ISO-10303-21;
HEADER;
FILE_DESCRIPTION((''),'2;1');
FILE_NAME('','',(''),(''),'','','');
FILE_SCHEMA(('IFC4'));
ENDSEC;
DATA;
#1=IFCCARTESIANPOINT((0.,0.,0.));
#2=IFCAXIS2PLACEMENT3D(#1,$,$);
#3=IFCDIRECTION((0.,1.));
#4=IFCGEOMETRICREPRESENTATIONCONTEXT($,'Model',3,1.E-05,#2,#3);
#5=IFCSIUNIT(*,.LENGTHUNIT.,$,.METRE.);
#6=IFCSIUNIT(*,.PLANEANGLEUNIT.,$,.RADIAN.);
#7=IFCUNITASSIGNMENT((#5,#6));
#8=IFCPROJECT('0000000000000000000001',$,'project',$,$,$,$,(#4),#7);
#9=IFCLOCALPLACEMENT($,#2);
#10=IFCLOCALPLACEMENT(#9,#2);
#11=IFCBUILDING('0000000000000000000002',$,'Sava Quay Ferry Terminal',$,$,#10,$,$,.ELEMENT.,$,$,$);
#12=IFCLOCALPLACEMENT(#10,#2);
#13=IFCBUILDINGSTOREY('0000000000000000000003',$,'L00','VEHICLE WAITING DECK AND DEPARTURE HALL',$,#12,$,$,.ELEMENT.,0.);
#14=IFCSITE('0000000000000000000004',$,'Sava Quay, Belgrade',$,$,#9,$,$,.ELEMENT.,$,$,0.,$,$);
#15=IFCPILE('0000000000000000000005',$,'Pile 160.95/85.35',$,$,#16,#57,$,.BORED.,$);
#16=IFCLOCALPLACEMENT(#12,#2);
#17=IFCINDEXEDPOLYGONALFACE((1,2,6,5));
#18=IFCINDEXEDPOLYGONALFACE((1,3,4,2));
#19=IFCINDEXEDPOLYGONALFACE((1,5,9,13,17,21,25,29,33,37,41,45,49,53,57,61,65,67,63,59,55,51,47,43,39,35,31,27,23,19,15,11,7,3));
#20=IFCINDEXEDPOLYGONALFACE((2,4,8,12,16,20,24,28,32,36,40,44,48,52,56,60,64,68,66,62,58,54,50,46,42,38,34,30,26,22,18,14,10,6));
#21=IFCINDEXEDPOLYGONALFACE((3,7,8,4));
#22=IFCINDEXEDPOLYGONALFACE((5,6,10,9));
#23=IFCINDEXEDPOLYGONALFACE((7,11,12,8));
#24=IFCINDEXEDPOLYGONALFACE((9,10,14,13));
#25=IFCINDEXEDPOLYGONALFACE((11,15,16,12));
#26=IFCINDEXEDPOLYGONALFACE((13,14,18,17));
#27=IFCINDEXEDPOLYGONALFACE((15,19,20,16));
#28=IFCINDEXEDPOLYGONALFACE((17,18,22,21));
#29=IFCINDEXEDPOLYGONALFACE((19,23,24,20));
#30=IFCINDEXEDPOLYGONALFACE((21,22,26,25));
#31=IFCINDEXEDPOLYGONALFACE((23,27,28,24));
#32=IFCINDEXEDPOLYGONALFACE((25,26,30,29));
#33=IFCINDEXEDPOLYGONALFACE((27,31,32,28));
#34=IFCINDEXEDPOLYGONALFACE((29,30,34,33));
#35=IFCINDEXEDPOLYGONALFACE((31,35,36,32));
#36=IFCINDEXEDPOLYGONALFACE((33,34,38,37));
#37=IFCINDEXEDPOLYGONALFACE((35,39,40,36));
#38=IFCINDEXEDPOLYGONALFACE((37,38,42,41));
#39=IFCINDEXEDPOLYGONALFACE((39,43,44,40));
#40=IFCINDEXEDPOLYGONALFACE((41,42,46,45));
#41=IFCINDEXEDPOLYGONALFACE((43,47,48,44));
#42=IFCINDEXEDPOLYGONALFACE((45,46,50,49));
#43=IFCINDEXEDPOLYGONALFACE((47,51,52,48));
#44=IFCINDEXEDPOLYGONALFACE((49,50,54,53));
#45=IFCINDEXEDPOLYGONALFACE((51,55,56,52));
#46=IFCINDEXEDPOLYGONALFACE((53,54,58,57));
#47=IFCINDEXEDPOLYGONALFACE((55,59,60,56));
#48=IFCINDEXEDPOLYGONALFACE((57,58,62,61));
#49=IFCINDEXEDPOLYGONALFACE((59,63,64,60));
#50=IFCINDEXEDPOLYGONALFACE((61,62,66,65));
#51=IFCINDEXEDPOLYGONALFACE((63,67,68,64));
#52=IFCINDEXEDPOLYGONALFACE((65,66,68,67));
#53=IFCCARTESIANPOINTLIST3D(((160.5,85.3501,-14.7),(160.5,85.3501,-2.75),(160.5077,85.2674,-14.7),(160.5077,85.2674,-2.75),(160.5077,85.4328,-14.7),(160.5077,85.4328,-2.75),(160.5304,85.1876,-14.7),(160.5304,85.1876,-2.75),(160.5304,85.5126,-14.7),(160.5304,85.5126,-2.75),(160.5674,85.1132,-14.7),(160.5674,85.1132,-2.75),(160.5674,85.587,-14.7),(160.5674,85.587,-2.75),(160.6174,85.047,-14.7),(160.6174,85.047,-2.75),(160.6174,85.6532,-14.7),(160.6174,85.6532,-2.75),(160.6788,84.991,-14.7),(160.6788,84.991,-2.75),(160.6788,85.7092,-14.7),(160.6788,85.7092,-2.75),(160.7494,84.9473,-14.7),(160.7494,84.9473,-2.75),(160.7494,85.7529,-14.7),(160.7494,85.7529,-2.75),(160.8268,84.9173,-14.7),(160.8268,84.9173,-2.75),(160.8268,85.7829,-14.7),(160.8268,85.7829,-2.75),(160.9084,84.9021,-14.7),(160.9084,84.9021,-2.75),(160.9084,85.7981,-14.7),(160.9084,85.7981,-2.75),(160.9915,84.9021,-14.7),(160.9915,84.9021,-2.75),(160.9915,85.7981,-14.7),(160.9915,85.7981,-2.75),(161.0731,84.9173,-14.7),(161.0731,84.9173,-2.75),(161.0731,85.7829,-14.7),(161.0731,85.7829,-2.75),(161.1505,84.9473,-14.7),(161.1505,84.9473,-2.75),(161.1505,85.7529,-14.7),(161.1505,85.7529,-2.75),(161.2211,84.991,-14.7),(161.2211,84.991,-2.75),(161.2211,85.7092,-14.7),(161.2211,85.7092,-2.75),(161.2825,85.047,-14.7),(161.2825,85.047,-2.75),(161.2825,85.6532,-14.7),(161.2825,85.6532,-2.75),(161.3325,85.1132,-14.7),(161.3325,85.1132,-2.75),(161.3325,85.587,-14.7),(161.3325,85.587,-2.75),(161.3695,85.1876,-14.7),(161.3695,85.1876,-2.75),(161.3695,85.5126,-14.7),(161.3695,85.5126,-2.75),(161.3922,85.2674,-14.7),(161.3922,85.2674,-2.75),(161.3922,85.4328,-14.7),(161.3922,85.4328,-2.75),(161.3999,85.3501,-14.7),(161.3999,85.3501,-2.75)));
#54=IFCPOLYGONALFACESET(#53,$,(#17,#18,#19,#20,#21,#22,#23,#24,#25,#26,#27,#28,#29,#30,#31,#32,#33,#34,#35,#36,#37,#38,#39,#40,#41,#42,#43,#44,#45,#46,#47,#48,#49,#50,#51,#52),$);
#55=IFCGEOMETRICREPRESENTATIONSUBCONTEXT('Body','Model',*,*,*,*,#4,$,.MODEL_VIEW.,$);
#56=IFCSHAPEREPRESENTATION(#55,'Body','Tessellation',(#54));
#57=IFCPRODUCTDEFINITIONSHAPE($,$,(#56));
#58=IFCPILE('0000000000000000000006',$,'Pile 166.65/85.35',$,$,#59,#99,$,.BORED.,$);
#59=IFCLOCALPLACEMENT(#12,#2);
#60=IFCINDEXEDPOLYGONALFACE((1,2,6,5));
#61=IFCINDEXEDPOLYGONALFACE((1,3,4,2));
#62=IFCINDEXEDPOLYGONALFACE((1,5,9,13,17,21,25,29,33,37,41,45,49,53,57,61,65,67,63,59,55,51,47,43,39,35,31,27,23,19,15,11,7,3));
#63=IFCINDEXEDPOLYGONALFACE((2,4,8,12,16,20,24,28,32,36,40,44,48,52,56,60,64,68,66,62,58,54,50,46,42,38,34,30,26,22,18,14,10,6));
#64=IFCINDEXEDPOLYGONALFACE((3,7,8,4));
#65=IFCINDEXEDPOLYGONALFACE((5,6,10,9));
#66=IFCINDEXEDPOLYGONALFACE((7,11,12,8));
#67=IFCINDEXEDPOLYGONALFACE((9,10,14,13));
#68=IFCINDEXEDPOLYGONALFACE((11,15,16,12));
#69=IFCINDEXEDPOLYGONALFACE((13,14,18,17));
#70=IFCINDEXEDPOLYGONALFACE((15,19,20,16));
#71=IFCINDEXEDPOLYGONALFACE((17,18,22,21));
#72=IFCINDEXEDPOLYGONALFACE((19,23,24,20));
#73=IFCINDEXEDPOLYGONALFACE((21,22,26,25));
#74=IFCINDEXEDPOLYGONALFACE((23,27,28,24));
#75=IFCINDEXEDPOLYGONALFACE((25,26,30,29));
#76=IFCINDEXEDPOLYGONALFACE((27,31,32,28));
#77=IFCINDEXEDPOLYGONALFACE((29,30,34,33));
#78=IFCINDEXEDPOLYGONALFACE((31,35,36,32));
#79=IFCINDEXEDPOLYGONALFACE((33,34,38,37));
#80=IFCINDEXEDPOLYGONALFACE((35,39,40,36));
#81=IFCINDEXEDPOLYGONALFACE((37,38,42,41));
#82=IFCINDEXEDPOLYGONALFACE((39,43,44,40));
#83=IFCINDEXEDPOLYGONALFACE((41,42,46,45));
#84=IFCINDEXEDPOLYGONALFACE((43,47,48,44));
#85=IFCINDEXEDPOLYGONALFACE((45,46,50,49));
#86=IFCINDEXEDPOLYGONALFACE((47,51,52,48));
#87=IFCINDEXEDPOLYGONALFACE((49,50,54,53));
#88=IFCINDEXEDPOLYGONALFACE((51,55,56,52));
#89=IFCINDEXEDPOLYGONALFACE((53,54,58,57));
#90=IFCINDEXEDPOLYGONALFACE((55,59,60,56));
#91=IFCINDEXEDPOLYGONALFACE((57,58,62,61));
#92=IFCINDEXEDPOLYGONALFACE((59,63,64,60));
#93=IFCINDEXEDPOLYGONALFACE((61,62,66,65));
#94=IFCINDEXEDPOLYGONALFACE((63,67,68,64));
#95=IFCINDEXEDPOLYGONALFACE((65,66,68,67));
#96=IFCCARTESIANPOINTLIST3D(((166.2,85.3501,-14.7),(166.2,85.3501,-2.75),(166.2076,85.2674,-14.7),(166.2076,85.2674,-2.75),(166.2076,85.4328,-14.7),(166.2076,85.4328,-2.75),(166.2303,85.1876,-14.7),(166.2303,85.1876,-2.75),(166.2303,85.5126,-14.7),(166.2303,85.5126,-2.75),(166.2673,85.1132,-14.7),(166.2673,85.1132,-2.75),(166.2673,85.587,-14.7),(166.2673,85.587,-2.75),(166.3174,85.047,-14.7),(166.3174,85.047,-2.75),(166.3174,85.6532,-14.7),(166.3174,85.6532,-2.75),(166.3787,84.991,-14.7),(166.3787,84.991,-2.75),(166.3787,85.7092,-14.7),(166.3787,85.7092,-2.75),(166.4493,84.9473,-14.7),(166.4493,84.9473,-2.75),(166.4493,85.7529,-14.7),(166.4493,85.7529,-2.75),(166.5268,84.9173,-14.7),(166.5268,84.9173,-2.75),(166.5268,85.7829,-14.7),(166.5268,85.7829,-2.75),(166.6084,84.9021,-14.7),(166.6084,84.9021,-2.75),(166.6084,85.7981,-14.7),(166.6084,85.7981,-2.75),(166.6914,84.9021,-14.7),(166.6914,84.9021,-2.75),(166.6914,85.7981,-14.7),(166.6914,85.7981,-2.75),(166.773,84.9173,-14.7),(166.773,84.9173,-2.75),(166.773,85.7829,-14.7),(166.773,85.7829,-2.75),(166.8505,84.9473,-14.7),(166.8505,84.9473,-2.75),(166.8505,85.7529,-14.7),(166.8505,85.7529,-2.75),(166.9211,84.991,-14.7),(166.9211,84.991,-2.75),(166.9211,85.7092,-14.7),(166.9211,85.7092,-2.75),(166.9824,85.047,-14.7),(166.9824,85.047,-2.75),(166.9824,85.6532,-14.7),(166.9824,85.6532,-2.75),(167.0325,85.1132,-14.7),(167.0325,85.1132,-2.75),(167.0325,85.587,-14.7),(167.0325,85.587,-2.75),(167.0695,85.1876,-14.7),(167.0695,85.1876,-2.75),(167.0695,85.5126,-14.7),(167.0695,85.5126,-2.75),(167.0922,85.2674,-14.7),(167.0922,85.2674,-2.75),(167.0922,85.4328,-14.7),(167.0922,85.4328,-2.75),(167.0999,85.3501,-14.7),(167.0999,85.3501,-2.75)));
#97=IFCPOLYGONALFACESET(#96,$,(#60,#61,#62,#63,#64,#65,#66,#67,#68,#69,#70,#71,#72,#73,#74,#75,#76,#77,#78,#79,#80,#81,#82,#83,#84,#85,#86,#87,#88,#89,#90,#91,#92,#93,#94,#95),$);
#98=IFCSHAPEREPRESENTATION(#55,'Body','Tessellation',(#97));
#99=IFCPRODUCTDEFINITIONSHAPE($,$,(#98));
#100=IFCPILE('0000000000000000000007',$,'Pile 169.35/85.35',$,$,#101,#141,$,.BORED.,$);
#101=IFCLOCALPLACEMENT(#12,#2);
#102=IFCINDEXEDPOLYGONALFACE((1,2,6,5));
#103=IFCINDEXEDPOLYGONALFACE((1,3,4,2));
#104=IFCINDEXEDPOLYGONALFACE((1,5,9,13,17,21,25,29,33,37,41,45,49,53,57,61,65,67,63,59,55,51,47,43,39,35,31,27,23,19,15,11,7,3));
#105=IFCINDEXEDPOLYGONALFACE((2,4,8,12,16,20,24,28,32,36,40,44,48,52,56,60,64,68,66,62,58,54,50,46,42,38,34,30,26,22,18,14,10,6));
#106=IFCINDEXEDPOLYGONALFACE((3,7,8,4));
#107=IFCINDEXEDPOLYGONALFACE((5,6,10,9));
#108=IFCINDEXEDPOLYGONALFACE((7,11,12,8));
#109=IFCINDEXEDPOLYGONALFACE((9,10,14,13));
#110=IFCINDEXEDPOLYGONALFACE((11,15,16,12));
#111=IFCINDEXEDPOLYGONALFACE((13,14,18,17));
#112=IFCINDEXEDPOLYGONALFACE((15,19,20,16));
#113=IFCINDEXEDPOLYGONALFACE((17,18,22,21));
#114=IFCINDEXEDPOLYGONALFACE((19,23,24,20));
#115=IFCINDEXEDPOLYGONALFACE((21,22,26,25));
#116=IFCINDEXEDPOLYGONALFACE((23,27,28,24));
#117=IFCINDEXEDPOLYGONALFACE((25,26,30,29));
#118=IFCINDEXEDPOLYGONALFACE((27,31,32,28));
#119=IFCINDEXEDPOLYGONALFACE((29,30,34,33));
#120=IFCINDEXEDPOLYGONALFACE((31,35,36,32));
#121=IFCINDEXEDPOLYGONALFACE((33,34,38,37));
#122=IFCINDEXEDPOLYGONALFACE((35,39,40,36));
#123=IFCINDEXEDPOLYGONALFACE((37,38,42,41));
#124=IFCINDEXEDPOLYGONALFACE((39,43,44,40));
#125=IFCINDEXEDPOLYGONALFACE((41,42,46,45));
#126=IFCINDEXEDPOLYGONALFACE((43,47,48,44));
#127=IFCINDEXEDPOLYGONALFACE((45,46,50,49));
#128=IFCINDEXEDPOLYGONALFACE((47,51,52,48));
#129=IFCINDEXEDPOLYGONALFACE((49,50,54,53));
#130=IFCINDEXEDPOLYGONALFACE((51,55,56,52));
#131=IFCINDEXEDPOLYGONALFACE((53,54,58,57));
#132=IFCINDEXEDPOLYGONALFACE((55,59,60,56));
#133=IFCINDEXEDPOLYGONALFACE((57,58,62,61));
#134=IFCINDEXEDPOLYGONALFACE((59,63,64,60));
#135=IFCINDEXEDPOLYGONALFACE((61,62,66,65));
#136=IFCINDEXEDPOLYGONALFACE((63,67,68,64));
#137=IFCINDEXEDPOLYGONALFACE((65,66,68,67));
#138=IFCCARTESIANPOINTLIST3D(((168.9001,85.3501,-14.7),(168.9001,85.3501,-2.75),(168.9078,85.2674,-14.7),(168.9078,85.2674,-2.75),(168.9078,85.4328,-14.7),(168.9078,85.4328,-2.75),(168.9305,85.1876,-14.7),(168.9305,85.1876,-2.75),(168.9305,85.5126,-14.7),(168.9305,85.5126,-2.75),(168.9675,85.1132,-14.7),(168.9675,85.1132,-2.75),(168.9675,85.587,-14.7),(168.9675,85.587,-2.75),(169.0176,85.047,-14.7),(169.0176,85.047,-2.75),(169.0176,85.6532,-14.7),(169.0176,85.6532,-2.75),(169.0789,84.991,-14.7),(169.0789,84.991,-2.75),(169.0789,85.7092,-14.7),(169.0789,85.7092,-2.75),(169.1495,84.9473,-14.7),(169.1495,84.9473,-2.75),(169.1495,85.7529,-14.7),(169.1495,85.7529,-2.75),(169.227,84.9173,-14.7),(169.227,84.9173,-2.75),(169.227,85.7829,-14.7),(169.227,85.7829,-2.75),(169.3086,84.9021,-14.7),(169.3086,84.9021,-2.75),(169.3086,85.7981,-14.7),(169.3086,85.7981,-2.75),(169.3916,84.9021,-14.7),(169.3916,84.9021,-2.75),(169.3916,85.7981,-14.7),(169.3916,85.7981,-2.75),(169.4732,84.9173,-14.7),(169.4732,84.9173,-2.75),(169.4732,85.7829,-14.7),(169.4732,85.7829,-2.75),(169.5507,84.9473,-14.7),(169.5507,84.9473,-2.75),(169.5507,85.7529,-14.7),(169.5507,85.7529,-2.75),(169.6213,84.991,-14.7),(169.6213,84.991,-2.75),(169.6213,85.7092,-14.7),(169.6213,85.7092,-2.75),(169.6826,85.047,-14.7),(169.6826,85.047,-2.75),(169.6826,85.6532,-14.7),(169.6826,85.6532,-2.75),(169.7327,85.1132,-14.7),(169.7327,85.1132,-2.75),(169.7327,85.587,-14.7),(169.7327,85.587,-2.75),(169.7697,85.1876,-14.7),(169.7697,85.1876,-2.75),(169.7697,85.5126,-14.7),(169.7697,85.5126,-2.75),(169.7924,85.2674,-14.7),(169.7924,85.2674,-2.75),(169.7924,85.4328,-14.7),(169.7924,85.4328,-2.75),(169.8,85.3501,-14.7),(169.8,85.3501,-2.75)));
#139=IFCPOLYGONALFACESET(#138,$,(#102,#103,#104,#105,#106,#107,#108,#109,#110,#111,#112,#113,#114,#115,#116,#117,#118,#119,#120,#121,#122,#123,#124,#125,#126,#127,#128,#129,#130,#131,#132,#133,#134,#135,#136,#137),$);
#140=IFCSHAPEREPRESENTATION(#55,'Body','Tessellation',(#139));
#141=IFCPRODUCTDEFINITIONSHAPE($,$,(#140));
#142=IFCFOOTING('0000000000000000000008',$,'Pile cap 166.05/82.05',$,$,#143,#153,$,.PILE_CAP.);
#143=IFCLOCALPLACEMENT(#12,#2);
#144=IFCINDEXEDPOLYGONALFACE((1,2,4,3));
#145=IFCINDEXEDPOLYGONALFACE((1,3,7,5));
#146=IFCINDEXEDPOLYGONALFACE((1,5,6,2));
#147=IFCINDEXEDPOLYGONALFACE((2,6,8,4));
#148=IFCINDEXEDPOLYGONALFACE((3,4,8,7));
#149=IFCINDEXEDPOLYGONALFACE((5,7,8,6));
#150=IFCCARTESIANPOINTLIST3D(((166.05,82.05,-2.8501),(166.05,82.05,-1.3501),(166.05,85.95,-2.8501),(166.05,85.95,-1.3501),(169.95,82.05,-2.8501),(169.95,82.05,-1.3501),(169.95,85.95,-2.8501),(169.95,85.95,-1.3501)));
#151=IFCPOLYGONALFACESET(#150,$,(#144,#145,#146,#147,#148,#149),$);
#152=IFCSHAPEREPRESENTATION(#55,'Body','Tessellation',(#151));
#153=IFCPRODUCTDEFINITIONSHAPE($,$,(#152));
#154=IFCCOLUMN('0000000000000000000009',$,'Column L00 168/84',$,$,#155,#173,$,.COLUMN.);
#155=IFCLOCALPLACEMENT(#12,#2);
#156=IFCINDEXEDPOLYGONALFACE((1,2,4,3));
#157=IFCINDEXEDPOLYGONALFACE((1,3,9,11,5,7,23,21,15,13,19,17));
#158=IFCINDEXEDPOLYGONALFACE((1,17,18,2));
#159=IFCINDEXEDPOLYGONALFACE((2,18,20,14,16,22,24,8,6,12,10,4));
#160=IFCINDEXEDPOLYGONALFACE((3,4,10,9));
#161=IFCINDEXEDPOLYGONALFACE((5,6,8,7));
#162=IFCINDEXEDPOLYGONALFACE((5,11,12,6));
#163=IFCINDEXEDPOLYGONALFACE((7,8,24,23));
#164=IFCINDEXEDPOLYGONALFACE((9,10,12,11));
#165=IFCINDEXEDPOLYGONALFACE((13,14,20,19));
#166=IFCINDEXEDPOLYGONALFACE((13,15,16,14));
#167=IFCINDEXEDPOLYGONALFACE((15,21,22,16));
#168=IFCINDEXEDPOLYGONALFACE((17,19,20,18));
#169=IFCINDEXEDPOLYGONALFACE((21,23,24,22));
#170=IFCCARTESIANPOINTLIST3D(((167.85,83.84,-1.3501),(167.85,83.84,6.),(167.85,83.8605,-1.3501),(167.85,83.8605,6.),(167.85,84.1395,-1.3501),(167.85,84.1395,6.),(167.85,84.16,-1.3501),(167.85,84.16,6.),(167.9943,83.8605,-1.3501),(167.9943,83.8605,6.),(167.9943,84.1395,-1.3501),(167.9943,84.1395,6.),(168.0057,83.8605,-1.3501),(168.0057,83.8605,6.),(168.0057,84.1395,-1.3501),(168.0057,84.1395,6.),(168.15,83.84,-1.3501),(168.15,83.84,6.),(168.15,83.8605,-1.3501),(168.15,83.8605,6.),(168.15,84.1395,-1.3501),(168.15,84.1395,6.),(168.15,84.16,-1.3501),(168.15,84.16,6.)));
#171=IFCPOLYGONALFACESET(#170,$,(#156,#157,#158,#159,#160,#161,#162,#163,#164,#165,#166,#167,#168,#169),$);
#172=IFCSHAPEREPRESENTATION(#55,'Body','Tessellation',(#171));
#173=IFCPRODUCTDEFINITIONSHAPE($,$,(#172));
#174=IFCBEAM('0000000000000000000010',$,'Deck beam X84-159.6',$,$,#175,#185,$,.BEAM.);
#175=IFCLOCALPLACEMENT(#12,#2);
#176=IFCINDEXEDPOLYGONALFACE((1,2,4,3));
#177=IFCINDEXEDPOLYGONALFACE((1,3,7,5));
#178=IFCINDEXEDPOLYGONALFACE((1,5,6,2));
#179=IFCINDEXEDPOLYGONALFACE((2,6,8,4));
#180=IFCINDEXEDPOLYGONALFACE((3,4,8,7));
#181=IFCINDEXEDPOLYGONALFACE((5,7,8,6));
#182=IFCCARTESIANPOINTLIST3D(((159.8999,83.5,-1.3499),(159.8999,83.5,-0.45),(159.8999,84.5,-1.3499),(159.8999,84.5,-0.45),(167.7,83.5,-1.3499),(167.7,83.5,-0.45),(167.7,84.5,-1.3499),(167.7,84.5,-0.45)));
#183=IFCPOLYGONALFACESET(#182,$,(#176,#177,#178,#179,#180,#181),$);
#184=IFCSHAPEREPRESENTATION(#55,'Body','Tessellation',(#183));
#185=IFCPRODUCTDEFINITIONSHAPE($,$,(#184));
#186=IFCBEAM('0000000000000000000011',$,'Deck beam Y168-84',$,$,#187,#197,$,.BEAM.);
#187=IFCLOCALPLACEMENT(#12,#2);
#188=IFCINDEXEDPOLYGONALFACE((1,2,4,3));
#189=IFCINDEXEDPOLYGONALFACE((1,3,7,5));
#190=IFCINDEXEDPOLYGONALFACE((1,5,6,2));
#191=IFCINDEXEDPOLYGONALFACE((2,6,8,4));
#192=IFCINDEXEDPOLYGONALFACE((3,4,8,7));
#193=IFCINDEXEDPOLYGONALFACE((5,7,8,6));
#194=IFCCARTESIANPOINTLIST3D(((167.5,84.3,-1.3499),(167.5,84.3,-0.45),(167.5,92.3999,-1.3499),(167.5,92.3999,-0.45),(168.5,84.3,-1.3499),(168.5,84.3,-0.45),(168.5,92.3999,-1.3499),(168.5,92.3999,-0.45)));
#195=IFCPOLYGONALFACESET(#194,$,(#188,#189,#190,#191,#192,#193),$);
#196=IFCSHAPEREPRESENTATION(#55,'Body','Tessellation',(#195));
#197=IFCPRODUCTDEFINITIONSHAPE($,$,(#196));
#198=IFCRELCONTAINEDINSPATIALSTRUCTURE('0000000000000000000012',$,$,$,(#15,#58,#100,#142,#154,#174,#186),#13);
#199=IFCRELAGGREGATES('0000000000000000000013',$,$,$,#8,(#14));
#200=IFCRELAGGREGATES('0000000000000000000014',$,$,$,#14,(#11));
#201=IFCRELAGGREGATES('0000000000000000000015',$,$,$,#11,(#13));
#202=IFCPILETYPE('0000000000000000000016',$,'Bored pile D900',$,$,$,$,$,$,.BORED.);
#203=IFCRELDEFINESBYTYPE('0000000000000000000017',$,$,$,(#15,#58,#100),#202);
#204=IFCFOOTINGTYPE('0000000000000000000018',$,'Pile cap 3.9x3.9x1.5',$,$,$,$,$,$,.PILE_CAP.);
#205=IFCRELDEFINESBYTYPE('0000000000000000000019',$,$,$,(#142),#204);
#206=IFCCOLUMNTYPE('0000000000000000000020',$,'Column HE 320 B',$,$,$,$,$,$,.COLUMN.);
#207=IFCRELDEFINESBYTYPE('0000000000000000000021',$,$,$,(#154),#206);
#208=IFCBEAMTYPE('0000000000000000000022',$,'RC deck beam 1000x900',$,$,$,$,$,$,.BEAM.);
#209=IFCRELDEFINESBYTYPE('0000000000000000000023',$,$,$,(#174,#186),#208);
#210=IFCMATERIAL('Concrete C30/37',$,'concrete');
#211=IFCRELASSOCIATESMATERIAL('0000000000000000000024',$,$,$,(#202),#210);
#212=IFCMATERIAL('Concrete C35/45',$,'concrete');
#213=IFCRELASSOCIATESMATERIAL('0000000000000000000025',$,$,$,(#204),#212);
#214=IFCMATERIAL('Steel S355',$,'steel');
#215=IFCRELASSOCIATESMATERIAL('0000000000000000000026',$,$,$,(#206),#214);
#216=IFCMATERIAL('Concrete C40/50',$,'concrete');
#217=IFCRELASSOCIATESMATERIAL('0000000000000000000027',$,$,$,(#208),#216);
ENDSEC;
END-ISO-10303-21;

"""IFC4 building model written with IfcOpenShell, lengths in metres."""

from ifc_helpers import new_model, si_unit, direction, frame, origin, origin_2d, place, context, subcontext, project, spatial, rectangle, circle, i_section, extrude, material, material_profile, profile_set, type_object, element, save


model = new_model("IFC4")

# Units and contexts
model_context = context("Model", 3, precision=1e-05, world=origin(), true_north=direction((0.0, 1.0)))
body_context = subcontext(model_context, "Body", "Model", "MODEL_VIEW")
ifc_project = project(units=[si_unit("LENGTHUNIT", "METRE"), si_unit("PLANEANGLEUNIT", "RADIAN")], contexts=[model_context])

# Site, building, storey
site_placement = place(None, origin())
site = spatial("IfcSite", under=ifc_project, at=site_placement, Name="Sava Quay, Belgrade", CompositionType="ELEMENT", RefElevation=0.0)
building_placement = place(site_placement, origin())
building = spatial("IfcBuilding", under=site, at=building_placement, Name="Sava Quay Ferry Terminal", CompositionType="ELEMENT")
storey_placement = place(building_placement, origin())
storey = spatial("IfcBuildingStorey", under=building, at=storey_placement, Name="L00", Description="VEHICLE WAITING DECK AND DEPARTURE HALL", CompositionType="ELEMENT", Elevation=0.0)

# Piles
ifc_material_1 = material(Name="Concrete C30/37", Category="concrete")
ifc_material_profile_1 = material_profile(ifc_material_1, circle(Radius=0.45, at=origin_2d()), Name="Bored pile D900")
ifc_profile_set_1 = profile_set([ifc_material_profile_1], Name="Concrete C30/37")
pile_type = type_object("IfcPileType", Name="Bored pile D900", PredefinedType="BORED", material=ifc_profile_set_1)
for number, where, z_axis, x_axis, name in (
    (1, (160.95, 85.3501, -2.75), (0.0, 0.0, -1.0), (1.0, 0.0, 0.0), "Pile 160.95/85.35"),
    (2, (166.6499, 85.3501, -2.75), (0.0, 0.0, -1.0), (1.0, 0.0, 0.0), "Pile 166.65/85.35"),
    (3, (169.3501, 85.3501, -2.75), (0.0, 0.0, -1.0), (1.0, 0.0, 0.0), "Pile 169.35/85.35"),
):
    element("IfcPile", number, at=place(storey_placement, frame(where, z_axis=z_axis, x_axis=x_axis)), inside=storey, type_object=pile_type, Name=name, PredefinedType="BORED", context=body_context, shape_type="SweptSolid", body=[
        extrude(circle(Radius=0.45, at=origin_2d()), origin(), (0.0, 0.0, 1.0), 11.95),
    ])

# Footing
ifc_material_2 = material(Name="Concrete C35/45", Category="concrete")
footing_type = type_object("IfcFootingType", Name="Pile cap 3.9x3.9x1.5", PredefinedType="PILE_CAP", material=ifc_material_2)
footing_placement = place(storey_placement, frame((168.0, 84.0, -2.8501), z_axis=(0.0, 0.0, 1.0), x_axis=(1.0, 0.0, 0.0)))
element("IfcFooting", 4, at=footing_placement, inside=storey, type_object=footing_type, Name="Pile cap 166.05/82.05", PredefinedType="PILE_CAP", context=body_context, shape_type="SweptSolid", body=[
    extrude(rectangle(XDim=3.8999, YDim=3.8999, at=origin_2d()), origin(), (0.0, 0.0, 1.0), 1.5),
])

# Column
ifc_material_3 = material(Name="Steel S355", Category="steel")
ifc_material_profile_2 = material_profile(ifc_material_3, i_section(OverallWidth=0.3, OverallDepth=0.3201, WebThickness=0.0115, FlangeThickness=0.0205, at=origin_2d()), Name="HE 320 B")
ifc_profile_set_2 = profile_set([ifc_material_profile_2], Name="Steel S355")
column_type = type_object("IfcColumnType", Name="Column HE 320 B", PredefinedType="COLUMN", material=ifc_profile_set_2)
column_placement = place(storey_placement, frame((168.0, 84.0, -1.3501), z_axis=(0.0, 0.0, 1.0), x_axis=(1.0, 0.0, 0.0)))
element("IfcColumn", 5, at=column_placement, inside=storey, type_object=column_type, Name="Column L00 168/84", PredefinedType="COLUMN", context=body_context, shape_type="SweptSolid", body=[
    extrude(i_section(OverallWidth=0.3, OverallDepth=0.3201, WebThickness=0.0115, FlangeThickness=0.0205, at=origin_2d()), origin(), (0.0, 0.0, 1.0), 7.3501),
])

# Beams
ifc_material_4 = material(Name="Concrete C40/50", Category="concrete")
ifc_material_profile_3 = material_profile(ifc_material_4, rectangle(XDim=1.0, YDim=0.8999, at=origin_2d()), Name="RC 1000x900")
ifc_profile_set_3 = profile_set([ifc_material_profile_3], Name="Concrete C40/50")
beam_type = type_object("IfcBeamType", Name="RC deck beam 1000x900", PredefinedType="BEAM", material=ifc_profile_set_3)
beam_1_placement = place(storey_placement, frame((159.8999, 84.0, -0.8999), z_axis=(1.0, 0.0, 0.0), x_axis=(0.0, 1.0, 0.0)))
element("IfcBeam", 6, at=beam_1_placement, inside=storey, type_object=beam_type, Name="Deck beam X84-159.6", PredefinedType="BEAM", context=body_context, shape_type="SweptSolid", body=[
    extrude(rectangle(XDim=1.0, YDim=0.8999, at=origin_2d()), origin(), (0.0, 0.0, 1.0), 7.8),
])
beam_2_placement = place(storey_placement, frame((168.0, 84.3, -0.8999), z_axis=(0.0, 1.0, 0.0), x_axis=(-1.0, 0.0, 0.0)))
element("IfcBeam", 7, at=beam_2_placement, inside=storey, type_object=beam_type, Name="Deck beam Y168-84", PredefinedType="BEAM", context=body_context, shape_type="SweptSolid", body=[
    extrude(rectangle(XDim=1.0, YDim=0.8999, at=origin_2d()), origin(), (0.0, 0.0, 1.0), 8.0999),
])

save(model, "model.ifc")
